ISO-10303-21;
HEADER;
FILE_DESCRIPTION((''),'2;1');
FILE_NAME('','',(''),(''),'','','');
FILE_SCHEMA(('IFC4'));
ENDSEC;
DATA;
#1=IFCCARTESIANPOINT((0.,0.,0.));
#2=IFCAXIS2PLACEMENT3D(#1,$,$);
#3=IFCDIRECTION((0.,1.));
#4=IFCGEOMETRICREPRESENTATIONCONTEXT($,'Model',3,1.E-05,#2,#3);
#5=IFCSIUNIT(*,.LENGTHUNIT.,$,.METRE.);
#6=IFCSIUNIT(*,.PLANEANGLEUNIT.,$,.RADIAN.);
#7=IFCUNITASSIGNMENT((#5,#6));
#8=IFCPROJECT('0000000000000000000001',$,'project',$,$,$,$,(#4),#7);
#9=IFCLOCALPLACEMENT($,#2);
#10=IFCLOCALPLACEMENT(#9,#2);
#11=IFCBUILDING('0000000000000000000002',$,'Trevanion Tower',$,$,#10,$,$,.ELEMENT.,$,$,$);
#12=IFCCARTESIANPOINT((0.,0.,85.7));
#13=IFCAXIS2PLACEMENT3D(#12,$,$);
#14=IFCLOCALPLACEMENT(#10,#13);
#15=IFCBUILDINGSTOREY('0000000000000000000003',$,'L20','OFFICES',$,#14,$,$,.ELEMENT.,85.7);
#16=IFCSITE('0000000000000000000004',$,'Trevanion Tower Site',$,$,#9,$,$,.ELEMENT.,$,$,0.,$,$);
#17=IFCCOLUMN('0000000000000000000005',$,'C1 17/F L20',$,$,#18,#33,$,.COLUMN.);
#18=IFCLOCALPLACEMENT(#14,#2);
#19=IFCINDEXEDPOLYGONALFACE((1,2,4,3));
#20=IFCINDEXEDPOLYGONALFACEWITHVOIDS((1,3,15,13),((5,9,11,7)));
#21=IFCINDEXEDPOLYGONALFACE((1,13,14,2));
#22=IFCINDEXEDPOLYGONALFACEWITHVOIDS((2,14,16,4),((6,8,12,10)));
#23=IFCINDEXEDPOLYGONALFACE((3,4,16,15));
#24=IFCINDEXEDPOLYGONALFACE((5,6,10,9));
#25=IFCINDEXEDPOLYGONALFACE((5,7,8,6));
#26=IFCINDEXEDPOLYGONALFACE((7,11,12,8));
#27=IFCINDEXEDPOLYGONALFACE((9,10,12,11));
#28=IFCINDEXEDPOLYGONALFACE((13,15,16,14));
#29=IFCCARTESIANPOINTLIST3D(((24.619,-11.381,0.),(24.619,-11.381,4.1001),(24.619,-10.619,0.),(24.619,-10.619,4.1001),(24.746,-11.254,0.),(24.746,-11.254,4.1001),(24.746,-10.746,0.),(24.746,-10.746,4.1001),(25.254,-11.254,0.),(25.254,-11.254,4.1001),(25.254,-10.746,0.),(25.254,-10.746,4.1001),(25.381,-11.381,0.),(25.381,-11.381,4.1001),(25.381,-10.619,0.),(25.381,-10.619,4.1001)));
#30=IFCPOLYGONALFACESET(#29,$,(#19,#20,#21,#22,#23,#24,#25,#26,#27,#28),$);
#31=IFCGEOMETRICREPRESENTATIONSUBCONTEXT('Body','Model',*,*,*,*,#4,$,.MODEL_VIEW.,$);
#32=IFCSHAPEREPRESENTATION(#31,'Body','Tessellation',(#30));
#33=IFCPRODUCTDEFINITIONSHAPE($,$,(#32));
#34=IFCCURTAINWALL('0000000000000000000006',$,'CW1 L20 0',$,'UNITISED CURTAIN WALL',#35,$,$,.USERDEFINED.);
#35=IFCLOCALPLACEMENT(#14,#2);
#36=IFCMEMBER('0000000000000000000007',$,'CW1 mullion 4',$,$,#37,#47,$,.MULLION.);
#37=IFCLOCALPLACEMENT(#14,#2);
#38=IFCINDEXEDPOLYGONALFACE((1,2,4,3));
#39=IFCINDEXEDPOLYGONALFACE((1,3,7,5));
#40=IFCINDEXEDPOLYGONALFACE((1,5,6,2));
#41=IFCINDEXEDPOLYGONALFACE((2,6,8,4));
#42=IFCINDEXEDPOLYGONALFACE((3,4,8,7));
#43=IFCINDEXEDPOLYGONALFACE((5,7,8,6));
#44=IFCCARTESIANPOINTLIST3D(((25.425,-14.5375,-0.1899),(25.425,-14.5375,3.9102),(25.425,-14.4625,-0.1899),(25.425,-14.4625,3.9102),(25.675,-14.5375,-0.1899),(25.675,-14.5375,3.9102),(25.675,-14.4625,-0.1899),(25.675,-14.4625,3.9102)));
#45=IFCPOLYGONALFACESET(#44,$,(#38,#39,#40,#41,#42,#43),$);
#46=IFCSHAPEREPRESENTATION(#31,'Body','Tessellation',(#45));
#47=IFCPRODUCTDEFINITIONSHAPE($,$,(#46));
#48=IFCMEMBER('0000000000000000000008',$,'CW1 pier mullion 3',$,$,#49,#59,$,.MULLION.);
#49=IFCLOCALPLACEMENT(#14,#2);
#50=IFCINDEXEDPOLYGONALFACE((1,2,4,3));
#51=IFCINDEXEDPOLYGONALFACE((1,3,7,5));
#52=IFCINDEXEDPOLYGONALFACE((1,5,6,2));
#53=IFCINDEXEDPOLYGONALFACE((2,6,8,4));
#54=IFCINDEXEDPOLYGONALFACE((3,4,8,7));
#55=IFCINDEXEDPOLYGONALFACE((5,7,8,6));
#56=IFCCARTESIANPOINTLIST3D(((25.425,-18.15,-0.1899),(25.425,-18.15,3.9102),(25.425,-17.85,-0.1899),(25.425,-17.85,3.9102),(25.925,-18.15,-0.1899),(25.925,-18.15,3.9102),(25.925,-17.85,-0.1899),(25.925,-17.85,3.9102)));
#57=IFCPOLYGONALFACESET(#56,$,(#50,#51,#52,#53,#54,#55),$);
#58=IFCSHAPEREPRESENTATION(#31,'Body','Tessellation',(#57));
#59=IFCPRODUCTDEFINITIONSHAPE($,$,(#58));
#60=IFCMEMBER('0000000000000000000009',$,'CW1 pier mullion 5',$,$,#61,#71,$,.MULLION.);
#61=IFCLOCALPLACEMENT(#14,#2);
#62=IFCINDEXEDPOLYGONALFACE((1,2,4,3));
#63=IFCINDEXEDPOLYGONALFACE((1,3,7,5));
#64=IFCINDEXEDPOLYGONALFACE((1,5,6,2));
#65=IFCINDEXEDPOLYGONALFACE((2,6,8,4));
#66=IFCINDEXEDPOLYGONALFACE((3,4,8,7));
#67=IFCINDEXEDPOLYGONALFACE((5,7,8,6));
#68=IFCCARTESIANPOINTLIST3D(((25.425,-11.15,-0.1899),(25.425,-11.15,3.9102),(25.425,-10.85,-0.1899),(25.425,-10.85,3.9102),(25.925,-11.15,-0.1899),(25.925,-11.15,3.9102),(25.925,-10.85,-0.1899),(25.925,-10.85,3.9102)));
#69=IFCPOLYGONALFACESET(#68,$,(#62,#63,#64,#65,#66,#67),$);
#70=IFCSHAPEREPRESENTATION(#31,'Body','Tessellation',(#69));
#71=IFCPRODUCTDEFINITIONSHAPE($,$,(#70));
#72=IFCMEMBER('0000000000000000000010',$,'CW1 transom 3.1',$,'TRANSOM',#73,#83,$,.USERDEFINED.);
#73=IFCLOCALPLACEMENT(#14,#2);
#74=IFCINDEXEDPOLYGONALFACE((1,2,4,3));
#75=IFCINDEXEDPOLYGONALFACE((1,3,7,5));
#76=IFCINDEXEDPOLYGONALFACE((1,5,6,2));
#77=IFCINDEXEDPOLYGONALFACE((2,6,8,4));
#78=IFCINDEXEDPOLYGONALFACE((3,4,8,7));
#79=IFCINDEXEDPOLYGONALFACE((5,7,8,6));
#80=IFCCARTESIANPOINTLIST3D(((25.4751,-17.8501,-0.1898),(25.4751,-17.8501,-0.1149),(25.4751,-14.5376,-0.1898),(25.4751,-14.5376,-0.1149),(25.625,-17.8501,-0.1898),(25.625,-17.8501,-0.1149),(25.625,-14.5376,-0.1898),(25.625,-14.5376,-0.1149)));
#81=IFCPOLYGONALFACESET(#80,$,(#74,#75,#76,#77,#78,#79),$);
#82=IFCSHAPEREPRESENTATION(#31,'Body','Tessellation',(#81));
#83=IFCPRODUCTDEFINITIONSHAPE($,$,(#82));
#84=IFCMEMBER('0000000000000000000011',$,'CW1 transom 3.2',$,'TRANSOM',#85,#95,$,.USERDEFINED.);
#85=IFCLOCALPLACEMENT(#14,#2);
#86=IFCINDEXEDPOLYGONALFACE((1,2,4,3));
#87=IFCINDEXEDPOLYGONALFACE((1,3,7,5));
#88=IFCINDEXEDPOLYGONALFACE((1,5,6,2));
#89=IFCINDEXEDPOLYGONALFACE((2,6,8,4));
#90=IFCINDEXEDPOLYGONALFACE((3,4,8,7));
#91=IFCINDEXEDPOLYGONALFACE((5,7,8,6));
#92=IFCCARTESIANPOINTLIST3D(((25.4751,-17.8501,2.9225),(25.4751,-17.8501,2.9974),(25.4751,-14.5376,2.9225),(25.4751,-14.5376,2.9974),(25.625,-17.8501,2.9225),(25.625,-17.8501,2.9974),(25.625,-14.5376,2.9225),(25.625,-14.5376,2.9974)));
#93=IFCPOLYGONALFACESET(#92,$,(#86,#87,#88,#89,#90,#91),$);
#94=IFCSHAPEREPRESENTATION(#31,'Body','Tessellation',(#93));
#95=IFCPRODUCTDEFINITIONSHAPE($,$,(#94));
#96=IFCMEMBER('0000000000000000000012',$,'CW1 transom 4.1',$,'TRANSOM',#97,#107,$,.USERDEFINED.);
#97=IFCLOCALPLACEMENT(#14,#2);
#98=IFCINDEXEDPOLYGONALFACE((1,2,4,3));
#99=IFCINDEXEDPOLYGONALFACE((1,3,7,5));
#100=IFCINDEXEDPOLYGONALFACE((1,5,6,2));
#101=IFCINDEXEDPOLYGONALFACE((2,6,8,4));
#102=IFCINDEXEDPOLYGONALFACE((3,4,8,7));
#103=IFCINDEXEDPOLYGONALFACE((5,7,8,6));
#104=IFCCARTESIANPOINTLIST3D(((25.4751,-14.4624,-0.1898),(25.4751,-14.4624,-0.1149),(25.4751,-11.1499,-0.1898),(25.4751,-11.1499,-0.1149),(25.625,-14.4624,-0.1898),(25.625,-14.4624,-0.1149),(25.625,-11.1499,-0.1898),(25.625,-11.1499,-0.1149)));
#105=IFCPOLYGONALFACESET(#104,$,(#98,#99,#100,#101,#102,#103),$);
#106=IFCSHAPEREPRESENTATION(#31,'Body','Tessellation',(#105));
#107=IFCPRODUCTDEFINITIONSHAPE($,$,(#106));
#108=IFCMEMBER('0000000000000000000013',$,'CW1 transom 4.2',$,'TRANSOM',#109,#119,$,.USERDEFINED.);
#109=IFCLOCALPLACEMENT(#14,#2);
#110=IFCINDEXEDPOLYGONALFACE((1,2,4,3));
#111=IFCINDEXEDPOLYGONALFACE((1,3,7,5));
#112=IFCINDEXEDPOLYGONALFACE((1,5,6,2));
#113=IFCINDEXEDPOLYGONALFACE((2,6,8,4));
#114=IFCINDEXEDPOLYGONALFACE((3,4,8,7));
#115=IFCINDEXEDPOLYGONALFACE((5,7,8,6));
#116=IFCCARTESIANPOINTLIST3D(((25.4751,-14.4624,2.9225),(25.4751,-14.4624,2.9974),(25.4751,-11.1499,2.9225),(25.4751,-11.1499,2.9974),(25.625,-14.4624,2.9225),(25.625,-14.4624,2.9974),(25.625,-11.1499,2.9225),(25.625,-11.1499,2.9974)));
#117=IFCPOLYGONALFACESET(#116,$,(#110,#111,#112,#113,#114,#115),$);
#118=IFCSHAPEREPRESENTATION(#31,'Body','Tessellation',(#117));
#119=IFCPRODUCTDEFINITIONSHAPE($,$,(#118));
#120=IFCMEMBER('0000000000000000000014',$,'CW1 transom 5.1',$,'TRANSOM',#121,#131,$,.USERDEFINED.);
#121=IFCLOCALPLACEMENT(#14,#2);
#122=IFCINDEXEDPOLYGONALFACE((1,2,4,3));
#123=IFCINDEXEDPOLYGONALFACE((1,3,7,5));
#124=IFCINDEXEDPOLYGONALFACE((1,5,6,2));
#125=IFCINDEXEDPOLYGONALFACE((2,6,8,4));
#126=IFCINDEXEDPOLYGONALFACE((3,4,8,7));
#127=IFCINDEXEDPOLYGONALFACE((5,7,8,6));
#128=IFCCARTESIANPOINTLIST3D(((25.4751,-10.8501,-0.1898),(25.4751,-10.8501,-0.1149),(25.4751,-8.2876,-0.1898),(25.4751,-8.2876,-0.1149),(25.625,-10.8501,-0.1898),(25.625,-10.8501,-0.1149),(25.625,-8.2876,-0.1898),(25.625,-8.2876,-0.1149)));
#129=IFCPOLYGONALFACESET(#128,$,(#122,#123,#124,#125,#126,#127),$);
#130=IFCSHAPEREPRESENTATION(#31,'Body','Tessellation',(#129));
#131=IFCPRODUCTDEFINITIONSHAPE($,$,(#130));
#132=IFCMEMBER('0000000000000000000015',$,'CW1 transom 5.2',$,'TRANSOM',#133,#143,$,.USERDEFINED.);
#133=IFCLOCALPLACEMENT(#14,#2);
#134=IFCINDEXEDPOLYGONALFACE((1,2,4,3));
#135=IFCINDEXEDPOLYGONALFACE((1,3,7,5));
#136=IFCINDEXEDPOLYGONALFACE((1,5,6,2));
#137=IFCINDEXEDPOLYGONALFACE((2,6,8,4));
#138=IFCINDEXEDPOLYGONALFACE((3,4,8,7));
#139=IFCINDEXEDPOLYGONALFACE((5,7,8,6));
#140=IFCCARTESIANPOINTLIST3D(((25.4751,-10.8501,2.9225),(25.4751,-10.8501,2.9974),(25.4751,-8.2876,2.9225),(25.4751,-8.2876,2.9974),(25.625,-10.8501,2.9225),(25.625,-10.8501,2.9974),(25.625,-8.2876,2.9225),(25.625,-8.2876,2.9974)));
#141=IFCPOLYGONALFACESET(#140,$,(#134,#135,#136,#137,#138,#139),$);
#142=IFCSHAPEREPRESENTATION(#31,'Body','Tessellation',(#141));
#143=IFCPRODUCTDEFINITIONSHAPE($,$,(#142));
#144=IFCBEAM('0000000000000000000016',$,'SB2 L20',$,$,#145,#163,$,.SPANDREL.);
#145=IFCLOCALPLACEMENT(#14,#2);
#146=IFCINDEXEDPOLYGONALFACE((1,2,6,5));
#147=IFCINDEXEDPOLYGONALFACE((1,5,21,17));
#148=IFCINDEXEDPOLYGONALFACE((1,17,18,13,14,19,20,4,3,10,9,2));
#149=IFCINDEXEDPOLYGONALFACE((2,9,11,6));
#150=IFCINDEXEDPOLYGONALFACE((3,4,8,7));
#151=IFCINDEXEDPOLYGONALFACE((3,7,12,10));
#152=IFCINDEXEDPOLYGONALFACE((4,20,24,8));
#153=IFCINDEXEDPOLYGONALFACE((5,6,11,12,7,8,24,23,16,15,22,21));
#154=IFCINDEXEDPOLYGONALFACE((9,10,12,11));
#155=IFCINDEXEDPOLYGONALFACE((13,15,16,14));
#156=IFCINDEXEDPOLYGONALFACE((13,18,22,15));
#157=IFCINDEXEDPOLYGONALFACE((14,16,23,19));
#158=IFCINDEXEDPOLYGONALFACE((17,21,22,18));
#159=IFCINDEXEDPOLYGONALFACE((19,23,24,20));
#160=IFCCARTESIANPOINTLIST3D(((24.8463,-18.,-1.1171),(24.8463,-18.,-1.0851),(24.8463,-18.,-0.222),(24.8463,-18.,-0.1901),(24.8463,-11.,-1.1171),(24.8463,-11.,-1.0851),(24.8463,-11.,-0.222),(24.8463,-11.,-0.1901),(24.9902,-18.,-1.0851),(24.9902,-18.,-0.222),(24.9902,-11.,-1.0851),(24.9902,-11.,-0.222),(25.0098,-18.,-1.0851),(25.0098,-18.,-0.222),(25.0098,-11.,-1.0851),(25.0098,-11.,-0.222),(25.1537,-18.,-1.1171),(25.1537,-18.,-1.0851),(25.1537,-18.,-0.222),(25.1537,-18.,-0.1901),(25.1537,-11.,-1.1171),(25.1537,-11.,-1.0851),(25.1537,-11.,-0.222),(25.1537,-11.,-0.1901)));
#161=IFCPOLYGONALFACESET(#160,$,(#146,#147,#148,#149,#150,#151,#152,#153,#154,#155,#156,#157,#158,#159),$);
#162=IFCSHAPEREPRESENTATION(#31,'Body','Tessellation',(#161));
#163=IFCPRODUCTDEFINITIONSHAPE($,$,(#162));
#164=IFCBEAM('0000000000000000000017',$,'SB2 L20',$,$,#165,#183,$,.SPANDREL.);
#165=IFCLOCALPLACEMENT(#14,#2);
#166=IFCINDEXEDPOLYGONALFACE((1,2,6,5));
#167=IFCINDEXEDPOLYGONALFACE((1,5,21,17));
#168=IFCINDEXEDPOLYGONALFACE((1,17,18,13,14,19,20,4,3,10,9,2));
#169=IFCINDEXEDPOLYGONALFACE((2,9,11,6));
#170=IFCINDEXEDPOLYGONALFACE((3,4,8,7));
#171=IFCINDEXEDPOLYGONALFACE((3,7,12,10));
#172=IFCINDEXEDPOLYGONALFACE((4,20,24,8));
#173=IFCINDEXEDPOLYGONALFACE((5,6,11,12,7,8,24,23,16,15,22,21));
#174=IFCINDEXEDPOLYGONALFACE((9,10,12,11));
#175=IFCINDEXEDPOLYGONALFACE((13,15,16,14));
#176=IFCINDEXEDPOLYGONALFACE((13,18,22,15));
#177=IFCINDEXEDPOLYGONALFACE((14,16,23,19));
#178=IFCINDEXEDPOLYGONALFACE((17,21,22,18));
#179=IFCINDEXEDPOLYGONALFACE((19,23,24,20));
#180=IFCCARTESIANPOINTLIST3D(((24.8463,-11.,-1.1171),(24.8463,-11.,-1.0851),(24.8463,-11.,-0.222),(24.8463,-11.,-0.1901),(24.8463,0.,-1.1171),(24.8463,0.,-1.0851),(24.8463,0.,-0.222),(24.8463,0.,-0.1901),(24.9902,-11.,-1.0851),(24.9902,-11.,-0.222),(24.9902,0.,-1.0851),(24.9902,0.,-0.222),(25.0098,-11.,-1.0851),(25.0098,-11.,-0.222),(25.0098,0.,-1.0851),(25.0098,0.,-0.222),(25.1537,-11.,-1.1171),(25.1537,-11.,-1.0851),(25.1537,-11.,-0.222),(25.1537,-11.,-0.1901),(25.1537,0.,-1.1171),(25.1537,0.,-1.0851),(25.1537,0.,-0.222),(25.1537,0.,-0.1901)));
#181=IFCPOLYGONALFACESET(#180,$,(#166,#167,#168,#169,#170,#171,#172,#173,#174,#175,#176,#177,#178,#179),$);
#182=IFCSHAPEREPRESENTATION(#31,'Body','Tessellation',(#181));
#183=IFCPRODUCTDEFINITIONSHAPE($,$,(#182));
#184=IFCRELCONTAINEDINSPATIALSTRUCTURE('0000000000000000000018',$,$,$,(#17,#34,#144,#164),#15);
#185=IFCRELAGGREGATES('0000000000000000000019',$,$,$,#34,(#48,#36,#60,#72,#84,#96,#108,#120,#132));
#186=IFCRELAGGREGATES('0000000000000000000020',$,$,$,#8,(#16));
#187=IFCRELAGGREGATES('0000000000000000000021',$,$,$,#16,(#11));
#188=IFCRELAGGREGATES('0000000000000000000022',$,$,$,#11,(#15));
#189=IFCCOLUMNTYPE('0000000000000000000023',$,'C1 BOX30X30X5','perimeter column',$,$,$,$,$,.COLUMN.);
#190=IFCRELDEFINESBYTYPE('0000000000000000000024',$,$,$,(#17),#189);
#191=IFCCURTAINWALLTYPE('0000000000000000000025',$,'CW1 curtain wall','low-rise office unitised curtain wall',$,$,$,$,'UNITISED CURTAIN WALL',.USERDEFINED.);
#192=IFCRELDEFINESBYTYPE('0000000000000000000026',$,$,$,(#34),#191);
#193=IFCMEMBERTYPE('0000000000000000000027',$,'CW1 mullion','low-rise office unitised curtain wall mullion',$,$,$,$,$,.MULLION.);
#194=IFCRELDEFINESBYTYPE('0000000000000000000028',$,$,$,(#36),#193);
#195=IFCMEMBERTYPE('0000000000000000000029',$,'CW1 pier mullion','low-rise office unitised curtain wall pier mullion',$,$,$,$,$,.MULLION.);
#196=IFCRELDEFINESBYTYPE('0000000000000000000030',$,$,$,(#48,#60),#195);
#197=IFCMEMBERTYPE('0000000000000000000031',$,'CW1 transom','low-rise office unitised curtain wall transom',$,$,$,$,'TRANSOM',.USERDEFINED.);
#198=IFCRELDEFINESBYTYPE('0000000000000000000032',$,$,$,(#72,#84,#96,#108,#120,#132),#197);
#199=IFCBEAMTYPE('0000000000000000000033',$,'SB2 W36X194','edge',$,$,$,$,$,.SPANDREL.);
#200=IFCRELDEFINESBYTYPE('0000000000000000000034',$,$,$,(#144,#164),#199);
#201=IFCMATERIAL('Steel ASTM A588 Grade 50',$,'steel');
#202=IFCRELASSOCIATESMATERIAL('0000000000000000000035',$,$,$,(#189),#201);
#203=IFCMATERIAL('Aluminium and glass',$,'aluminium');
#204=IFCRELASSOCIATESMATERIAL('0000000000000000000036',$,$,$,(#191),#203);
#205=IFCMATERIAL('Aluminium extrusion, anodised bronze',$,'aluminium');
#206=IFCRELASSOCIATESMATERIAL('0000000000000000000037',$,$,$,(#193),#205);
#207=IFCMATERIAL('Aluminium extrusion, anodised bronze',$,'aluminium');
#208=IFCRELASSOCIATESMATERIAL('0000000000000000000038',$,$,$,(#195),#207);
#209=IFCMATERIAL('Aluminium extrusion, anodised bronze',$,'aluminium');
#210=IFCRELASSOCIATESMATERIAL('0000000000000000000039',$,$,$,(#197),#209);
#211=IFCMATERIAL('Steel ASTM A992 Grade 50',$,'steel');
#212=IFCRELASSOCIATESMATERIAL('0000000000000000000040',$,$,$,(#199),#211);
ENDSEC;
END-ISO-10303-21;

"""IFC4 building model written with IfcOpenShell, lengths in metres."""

from ifc_helpers import new_model, si_unit, direction, frame, origin, origin_2d, place, context, subcontext, project, spatial, rectangle, hollow_rectangle, i_section, extrude, material, material_profile, profile_set, type_object, element, aggregate, save


model = new_model("IFC4")

# Units and contexts
model_context = context("Model", 3, precision=1e-05, world=origin(), true_north=direction((0.0, 1.0)))
body_context = subcontext(model_context, "Body", "Model", "MODEL_VIEW")
ifc_project = project(units=[si_unit("LENGTHUNIT", "METRE"), si_unit("PLANEANGLEUNIT", "RADIAN")], contexts=[model_context])

# Site, building, storey
site_placement = place(None, origin())
site = spatial("IfcSite", under=ifc_project, at=site_placement, Name="Trevanion Tower Site", CompositionType="ELEMENT", RefElevation=0.0)
building_placement = place(site_placement, origin())
building = spatial("IfcBuilding", under=site, at=building_placement, Name="Trevanion Tower", CompositionType="ELEMENT")
storey_placement = place(building_placement, frame((0.0, 0.0, 85.7)))
storey = spatial("IfcBuildingStorey", under=building, at=storey_placement, Name="L20", Description="OFFICES", CompositionType="ELEMENT", Elevation=85.7)

# Column
ifc_material_1 = material(Name="Steel ASTM A588 Grade 50", Category="steel")
ifc_material_profile_1 = material_profile(ifc_material_1, hollow_rectangle(XDim=0.762, YDim=0.762, WallThickness=0.127, at=origin_2d()), Name="BOX30X30X5")
ifc_profile_set_1 = profile_set([ifc_material_profile_1], Name="Steel ASTM A588 Grade 50")
column_type = type_object("IfcColumnType", Name="C1 BOX30X30X5", Description="perimeter column", PredefinedType="COLUMN", material=ifc_profile_set_1)
column_placement = place(storey_placement, frame((25.0, -11.0, 0.0), z_axis=(0.0, 0.0, 1.0), x_axis=(0.0, 1.0, 0.0)))
element("IfcColumn", 1, at=column_placement, inside=storey, type_object=column_type, Name="C1 17/F L20", PredefinedType="COLUMN", context=body_context, shape_type="SweptSolid", body=[
    extrude(hollow_rectangle(XDim=0.762, YDim=0.762, WallThickness=0.127, at=origin_2d()), origin(), (0.0, 0.0, 1.0), 4.1001),
])

# Curtain wall, members
ifc_material_2 = material(Name="Aluminium and glass", Category="aluminium")
curtain_wall_type = type_object("IfcCurtainWallType", Name="CW1 curtain wall", Description="low-rise office unitised curtain wall", ElementType="UNITISED CURTAIN WALL", PredefinedType="USERDEFINED", material=ifc_material_2)
curtain_wall_placement = place(storey_placement, origin())
curtain_wall = element("IfcCurtainWall", 2, at=curtain_wall_placement, inside=storey, type_object=curtain_wall_type, Name="CW1 L20 0", ObjectType="UNITISED CURTAIN WALL", PredefinedType="USERDEFINED")
ifc_material_3 = material(Name="Aluminium extrusion, anodised bronze", Category="aluminium")
ifc_material_profile_2 = material_profile(ifc_material_3, rectangle(XDim=0.075, YDim=0.25, at=origin_2d()), Name="CW1 mullion")
ifc_profile_set_2 = profile_set([ifc_material_profile_2], Name="Aluminium extrusion, anodised bronze")
member_type_1 = type_object("IfcMemberType", Name="CW1 mullion", Description="low-rise office unitised curtain wall mullion", PredefinedType="MULLION", material=ifc_profile_set_2)
member_1_placement = place(storey_placement, frame((25.55, -14.5, -0.1899), z_axis=(0.0, 0.0, 1.0), x_axis=(0.0, 1.0, 0.0)))
member_1 = element("IfcMember", 3, at=member_1_placement, type_object=member_type_1, Name="CW1 mullion 4", PredefinedType="MULLION", context=body_context, shape_type="SweptSolid", body=[
    extrude(rectangle(XDim=0.075, YDim=0.25, at=origin_2d()), origin(), (0.0, 0.0, 1.0), 4.1001),
])
ifc_material_4 = material(Name="Aluminium extrusion, anodised bronze", Category="aluminium")
ifc_material_profile_3 = material_profile(ifc_material_4, rectangle(XDim=0.3, YDim=0.5, at=origin_2d()), Name="CW1 pier mullion")
ifc_profile_set_3 = profile_set([ifc_material_profile_3], Name="Aluminium extrusion, anodised bronze")
member_type_2 = type_object("IfcMemberType", Name="CW1 pier mullion", Description="low-rise office unitised curtain wall pier mullion", PredefinedType="MULLION", material=ifc_profile_set_3)
member_2_placement = place(storey_placement, frame((25.675, -18.0, -0.1899), z_axis=(0.0, 0.0, 1.0), x_axis=(0.0, 1.0, 0.0)))
member_2 = element("IfcMember", 4, at=member_2_placement, type_object=member_type_2, Name="CW1 pier mullion 3", PredefinedType="MULLION", context=body_context, shape_type="SweptSolid", body=[
    extrude(rectangle(XDim=0.3, YDim=0.5, at=origin_2d()), origin(), (0.0, 0.0, 1.0), 4.1001),
])
member_3_placement = place(storey_placement, frame((25.675, -11.0, -0.1899), z_axis=(0.0, 0.0, 1.0), x_axis=(0.0, 1.0, 0.0)))
member_3 = element("IfcMember", 5, at=member_3_placement, type_object=member_type_2, Name="CW1 pier mullion 5", PredefinedType="MULLION", context=body_context, shape_type="SweptSolid", body=[
    extrude(rectangle(XDim=0.3, YDim=0.5, at=origin_2d()), origin(), (0.0, 0.0, 1.0), 4.1001),
])
ifc_material_5 = material(Name="Aluminium extrusion, anodised bronze", Category="aluminium")
ifc_material_profile_4 = material_profile(ifc_material_5, rectangle(XDim=0.1499, YDim=0.075, at=origin_2d()), Name="CW1 transom")
ifc_profile_set_4 = profile_set([ifc_material_profile_4], Name="Aluminium extrusion, anodised bronze")
member_type_3 = type_object("IfcMemberType", Name="CW1 transom", Description="low-rise office unitised curtain wall transom", ElementType="TRANSOM", PredefinedType="USERDEFINED", material=ifc_profile_set_4)
member_4_placement = place(storey_placement, frame((25.55, -17.8501, -0.1523), z_axis=(0.0, 1.0, 0.0), x_axis=(-1.0, 0.0, 0.0)))
member_4 = element("IfcMember", 6, at=member_4_placement, type_object=member_type_3, Name="CW1 transom 3.1", ObjectType="TRANSOM", PredefinedType="USERDEFINED", context=body_context, shape_type="SweptSolid", body=[
    extrude(rectangle(XDim=0.1499, YDim=0.075, at=origin_2d()), origin(), (0.0, 0.0, 1.0), 3.3125),
])
member_5_placement = place(storey_placement, frame((25.55, -17.8501, 2.96), z_axis=(0.0, 1.0, 0.0), x_axis=(-1.0, 0.0, 0.0)))
member_5 = element("IfcMember", 7, at=member_5_placement, type_object=member_type_3, Name="CW1 transom 3.2", ObjectType="TRANSOM", PredefinedType="USERDEFINED", context=body_context, shape_type="SweptSolid", body=[
    extrude(rectangle(XDim=0.1499, YDim=0.075, at=origin_2d()), origin(), (0.0, 0.0, 1.0), 3.3125),
])
member_6_placement = place(storey_placement, frame((25.55, -14.4624, -0.1523), z_axis=(0.0, 1.0, 0.0), x_axis=(-1.0, 0.0, 0.0)))
member_6 = element("IfcMember", 8, at=member_6_placement, type_object=member_type_3, Name="CW1 transom 4.1", ObjectType="TRANSOM", PredefinedType="USERDEFINED", context=body_context, shape_type="SweptSolid", body=[
    extrude(rectangle(XDim=0.1499, YDim=0.075, at=origin_2d()), origin(), (0.0, 0.0, 1.0), 3.3125),
])
member_7_placement = place(storey_placement, frame((25.55, -14.4624, 2.96), z_axis=(0.0, 1.0, 0.0), x_axis=(-1.0, 0.0, 0.0)))
member_7 = element("IfcMember", 9, at=member_7_placement, type_object=member_type_3, Name="CW1 transom 4.2", ObjectType="TRANSOM", PredefinedType="USERDEFINED", context=body_context, shape_type="SweptSolid", body=[
    extrude(rectangle(XDim=0.1499, YDim=0.075, at=origin_2d()), origin(), (0.0, 0.0, 1.0), 3.3125),
])
member_8_placement = place(storey_placement, frame((25.55, -10.8501, -0.1523), z_axis=(0.0, 1.0, 0.0), x_axis=(-1.0, 0.0, 0.0)))
member_8 = element("IfcMember", 10, at=member_8_placement, type_object=member_type_3, Name="CW1 transom 5.1", ObjectType="TRANSOM", PredefinedType="USERDEFINED", context=body_context, shape_type="SweptSolid", body=[
    extrude(rectangle(XDim=0.1499, YDim=0.075, at=origin_2d()), origin(), (0.0, 0.0, 1.0), 2.5625),
])
member_9_placement = place(storey_placement, frame((25.55, -10.8501, 2.96), z_axis=(0.0, 1.0, 0.0), x_axis=(-1.0, 0.0, 0.0)))
member_9 = element("IfcMember", 11, at=member_9_placement, type_object=member_type_3, Name="CW1 transom 5.2", ObjectType="TRANSOM", PredefinedType="USERDEFINED", context=body_context, shape_type="SweptSolid", body=[
    extrude(rectangle(XDim=0.1499, YDim=0.075, at=origin_2d()), origin(), (0.0, 0.0, 1.0), 2.5625),
])

# Beams
ifc_material_6 = material(Name="Steel ASTM A992 Grade 50", Category="steel")
ifc_material_profile_5 = material_profile(ifc_material_6, i_section(OverallWidth=0.3074, OverallDepth=0.927, WebThickness=0.0195, FlangeThickness=0.032, at=origin_2d()), Name="W36X194")
ifc_profile_set_5 = profile_set([ifc_material_profile_5], Name="Steel ASTM A992 Grade 50")
beam_type = type_object("IfcBeamType", Name="SB2 W36X194", Description="edge", PredefinedType="SPANDREL", material=ifc_profile_set_5)
beam_1_placement = place(storey_placement, frame((25.0, -18.0, -0.6536), z_axis=(0.0, 1.0, 0.0), x_axis=(-1.0, 0.0, 0.0)))
element("IfcBeam", 12, at=beam_1_placement, inside=storey, type_object=beam_type, Name="SB2 L20", PredefinedType="SPANDREL", context=body_context, shape_type="SweptSolid", body=[
    extrude(i_section(OverallWidth=0.3074, OverallDepth=0.927, WebThickness=0.0195, FlangeThickness=0.032, at=origin_2d()), origin(), (0.0, 0.0, 1.0), 7.0),
])
beam_2_placement = place(storey_placement, frame((25.0, -11.0, -0.6536), z_axis=(0.0, 1.0, 0.0), x_axis=(-1.0, 0.0, 0.0)))
element("IfcBeam", 13, at=beam_2_placement, inside=storey, type_object=beam_type, Name="SB2 L20", PredefinedType="SPANDREL", context=body_context, shape_type="SweptSolid", body=[
    extrude(i_section(OverallWidth=0.3074, OverallDepth=0.927, WebThickness=0.0195, FlangeThickness=0.032, at=origin_2d()), origin(), (0.0, 0.0, 1.0), 11.0),
])

aggregate(curtain_wall, [member_2, member_1, member_3, member_4, member_5, member_6, member_7, member_8, member_9])

save(model, "model.ifc")
